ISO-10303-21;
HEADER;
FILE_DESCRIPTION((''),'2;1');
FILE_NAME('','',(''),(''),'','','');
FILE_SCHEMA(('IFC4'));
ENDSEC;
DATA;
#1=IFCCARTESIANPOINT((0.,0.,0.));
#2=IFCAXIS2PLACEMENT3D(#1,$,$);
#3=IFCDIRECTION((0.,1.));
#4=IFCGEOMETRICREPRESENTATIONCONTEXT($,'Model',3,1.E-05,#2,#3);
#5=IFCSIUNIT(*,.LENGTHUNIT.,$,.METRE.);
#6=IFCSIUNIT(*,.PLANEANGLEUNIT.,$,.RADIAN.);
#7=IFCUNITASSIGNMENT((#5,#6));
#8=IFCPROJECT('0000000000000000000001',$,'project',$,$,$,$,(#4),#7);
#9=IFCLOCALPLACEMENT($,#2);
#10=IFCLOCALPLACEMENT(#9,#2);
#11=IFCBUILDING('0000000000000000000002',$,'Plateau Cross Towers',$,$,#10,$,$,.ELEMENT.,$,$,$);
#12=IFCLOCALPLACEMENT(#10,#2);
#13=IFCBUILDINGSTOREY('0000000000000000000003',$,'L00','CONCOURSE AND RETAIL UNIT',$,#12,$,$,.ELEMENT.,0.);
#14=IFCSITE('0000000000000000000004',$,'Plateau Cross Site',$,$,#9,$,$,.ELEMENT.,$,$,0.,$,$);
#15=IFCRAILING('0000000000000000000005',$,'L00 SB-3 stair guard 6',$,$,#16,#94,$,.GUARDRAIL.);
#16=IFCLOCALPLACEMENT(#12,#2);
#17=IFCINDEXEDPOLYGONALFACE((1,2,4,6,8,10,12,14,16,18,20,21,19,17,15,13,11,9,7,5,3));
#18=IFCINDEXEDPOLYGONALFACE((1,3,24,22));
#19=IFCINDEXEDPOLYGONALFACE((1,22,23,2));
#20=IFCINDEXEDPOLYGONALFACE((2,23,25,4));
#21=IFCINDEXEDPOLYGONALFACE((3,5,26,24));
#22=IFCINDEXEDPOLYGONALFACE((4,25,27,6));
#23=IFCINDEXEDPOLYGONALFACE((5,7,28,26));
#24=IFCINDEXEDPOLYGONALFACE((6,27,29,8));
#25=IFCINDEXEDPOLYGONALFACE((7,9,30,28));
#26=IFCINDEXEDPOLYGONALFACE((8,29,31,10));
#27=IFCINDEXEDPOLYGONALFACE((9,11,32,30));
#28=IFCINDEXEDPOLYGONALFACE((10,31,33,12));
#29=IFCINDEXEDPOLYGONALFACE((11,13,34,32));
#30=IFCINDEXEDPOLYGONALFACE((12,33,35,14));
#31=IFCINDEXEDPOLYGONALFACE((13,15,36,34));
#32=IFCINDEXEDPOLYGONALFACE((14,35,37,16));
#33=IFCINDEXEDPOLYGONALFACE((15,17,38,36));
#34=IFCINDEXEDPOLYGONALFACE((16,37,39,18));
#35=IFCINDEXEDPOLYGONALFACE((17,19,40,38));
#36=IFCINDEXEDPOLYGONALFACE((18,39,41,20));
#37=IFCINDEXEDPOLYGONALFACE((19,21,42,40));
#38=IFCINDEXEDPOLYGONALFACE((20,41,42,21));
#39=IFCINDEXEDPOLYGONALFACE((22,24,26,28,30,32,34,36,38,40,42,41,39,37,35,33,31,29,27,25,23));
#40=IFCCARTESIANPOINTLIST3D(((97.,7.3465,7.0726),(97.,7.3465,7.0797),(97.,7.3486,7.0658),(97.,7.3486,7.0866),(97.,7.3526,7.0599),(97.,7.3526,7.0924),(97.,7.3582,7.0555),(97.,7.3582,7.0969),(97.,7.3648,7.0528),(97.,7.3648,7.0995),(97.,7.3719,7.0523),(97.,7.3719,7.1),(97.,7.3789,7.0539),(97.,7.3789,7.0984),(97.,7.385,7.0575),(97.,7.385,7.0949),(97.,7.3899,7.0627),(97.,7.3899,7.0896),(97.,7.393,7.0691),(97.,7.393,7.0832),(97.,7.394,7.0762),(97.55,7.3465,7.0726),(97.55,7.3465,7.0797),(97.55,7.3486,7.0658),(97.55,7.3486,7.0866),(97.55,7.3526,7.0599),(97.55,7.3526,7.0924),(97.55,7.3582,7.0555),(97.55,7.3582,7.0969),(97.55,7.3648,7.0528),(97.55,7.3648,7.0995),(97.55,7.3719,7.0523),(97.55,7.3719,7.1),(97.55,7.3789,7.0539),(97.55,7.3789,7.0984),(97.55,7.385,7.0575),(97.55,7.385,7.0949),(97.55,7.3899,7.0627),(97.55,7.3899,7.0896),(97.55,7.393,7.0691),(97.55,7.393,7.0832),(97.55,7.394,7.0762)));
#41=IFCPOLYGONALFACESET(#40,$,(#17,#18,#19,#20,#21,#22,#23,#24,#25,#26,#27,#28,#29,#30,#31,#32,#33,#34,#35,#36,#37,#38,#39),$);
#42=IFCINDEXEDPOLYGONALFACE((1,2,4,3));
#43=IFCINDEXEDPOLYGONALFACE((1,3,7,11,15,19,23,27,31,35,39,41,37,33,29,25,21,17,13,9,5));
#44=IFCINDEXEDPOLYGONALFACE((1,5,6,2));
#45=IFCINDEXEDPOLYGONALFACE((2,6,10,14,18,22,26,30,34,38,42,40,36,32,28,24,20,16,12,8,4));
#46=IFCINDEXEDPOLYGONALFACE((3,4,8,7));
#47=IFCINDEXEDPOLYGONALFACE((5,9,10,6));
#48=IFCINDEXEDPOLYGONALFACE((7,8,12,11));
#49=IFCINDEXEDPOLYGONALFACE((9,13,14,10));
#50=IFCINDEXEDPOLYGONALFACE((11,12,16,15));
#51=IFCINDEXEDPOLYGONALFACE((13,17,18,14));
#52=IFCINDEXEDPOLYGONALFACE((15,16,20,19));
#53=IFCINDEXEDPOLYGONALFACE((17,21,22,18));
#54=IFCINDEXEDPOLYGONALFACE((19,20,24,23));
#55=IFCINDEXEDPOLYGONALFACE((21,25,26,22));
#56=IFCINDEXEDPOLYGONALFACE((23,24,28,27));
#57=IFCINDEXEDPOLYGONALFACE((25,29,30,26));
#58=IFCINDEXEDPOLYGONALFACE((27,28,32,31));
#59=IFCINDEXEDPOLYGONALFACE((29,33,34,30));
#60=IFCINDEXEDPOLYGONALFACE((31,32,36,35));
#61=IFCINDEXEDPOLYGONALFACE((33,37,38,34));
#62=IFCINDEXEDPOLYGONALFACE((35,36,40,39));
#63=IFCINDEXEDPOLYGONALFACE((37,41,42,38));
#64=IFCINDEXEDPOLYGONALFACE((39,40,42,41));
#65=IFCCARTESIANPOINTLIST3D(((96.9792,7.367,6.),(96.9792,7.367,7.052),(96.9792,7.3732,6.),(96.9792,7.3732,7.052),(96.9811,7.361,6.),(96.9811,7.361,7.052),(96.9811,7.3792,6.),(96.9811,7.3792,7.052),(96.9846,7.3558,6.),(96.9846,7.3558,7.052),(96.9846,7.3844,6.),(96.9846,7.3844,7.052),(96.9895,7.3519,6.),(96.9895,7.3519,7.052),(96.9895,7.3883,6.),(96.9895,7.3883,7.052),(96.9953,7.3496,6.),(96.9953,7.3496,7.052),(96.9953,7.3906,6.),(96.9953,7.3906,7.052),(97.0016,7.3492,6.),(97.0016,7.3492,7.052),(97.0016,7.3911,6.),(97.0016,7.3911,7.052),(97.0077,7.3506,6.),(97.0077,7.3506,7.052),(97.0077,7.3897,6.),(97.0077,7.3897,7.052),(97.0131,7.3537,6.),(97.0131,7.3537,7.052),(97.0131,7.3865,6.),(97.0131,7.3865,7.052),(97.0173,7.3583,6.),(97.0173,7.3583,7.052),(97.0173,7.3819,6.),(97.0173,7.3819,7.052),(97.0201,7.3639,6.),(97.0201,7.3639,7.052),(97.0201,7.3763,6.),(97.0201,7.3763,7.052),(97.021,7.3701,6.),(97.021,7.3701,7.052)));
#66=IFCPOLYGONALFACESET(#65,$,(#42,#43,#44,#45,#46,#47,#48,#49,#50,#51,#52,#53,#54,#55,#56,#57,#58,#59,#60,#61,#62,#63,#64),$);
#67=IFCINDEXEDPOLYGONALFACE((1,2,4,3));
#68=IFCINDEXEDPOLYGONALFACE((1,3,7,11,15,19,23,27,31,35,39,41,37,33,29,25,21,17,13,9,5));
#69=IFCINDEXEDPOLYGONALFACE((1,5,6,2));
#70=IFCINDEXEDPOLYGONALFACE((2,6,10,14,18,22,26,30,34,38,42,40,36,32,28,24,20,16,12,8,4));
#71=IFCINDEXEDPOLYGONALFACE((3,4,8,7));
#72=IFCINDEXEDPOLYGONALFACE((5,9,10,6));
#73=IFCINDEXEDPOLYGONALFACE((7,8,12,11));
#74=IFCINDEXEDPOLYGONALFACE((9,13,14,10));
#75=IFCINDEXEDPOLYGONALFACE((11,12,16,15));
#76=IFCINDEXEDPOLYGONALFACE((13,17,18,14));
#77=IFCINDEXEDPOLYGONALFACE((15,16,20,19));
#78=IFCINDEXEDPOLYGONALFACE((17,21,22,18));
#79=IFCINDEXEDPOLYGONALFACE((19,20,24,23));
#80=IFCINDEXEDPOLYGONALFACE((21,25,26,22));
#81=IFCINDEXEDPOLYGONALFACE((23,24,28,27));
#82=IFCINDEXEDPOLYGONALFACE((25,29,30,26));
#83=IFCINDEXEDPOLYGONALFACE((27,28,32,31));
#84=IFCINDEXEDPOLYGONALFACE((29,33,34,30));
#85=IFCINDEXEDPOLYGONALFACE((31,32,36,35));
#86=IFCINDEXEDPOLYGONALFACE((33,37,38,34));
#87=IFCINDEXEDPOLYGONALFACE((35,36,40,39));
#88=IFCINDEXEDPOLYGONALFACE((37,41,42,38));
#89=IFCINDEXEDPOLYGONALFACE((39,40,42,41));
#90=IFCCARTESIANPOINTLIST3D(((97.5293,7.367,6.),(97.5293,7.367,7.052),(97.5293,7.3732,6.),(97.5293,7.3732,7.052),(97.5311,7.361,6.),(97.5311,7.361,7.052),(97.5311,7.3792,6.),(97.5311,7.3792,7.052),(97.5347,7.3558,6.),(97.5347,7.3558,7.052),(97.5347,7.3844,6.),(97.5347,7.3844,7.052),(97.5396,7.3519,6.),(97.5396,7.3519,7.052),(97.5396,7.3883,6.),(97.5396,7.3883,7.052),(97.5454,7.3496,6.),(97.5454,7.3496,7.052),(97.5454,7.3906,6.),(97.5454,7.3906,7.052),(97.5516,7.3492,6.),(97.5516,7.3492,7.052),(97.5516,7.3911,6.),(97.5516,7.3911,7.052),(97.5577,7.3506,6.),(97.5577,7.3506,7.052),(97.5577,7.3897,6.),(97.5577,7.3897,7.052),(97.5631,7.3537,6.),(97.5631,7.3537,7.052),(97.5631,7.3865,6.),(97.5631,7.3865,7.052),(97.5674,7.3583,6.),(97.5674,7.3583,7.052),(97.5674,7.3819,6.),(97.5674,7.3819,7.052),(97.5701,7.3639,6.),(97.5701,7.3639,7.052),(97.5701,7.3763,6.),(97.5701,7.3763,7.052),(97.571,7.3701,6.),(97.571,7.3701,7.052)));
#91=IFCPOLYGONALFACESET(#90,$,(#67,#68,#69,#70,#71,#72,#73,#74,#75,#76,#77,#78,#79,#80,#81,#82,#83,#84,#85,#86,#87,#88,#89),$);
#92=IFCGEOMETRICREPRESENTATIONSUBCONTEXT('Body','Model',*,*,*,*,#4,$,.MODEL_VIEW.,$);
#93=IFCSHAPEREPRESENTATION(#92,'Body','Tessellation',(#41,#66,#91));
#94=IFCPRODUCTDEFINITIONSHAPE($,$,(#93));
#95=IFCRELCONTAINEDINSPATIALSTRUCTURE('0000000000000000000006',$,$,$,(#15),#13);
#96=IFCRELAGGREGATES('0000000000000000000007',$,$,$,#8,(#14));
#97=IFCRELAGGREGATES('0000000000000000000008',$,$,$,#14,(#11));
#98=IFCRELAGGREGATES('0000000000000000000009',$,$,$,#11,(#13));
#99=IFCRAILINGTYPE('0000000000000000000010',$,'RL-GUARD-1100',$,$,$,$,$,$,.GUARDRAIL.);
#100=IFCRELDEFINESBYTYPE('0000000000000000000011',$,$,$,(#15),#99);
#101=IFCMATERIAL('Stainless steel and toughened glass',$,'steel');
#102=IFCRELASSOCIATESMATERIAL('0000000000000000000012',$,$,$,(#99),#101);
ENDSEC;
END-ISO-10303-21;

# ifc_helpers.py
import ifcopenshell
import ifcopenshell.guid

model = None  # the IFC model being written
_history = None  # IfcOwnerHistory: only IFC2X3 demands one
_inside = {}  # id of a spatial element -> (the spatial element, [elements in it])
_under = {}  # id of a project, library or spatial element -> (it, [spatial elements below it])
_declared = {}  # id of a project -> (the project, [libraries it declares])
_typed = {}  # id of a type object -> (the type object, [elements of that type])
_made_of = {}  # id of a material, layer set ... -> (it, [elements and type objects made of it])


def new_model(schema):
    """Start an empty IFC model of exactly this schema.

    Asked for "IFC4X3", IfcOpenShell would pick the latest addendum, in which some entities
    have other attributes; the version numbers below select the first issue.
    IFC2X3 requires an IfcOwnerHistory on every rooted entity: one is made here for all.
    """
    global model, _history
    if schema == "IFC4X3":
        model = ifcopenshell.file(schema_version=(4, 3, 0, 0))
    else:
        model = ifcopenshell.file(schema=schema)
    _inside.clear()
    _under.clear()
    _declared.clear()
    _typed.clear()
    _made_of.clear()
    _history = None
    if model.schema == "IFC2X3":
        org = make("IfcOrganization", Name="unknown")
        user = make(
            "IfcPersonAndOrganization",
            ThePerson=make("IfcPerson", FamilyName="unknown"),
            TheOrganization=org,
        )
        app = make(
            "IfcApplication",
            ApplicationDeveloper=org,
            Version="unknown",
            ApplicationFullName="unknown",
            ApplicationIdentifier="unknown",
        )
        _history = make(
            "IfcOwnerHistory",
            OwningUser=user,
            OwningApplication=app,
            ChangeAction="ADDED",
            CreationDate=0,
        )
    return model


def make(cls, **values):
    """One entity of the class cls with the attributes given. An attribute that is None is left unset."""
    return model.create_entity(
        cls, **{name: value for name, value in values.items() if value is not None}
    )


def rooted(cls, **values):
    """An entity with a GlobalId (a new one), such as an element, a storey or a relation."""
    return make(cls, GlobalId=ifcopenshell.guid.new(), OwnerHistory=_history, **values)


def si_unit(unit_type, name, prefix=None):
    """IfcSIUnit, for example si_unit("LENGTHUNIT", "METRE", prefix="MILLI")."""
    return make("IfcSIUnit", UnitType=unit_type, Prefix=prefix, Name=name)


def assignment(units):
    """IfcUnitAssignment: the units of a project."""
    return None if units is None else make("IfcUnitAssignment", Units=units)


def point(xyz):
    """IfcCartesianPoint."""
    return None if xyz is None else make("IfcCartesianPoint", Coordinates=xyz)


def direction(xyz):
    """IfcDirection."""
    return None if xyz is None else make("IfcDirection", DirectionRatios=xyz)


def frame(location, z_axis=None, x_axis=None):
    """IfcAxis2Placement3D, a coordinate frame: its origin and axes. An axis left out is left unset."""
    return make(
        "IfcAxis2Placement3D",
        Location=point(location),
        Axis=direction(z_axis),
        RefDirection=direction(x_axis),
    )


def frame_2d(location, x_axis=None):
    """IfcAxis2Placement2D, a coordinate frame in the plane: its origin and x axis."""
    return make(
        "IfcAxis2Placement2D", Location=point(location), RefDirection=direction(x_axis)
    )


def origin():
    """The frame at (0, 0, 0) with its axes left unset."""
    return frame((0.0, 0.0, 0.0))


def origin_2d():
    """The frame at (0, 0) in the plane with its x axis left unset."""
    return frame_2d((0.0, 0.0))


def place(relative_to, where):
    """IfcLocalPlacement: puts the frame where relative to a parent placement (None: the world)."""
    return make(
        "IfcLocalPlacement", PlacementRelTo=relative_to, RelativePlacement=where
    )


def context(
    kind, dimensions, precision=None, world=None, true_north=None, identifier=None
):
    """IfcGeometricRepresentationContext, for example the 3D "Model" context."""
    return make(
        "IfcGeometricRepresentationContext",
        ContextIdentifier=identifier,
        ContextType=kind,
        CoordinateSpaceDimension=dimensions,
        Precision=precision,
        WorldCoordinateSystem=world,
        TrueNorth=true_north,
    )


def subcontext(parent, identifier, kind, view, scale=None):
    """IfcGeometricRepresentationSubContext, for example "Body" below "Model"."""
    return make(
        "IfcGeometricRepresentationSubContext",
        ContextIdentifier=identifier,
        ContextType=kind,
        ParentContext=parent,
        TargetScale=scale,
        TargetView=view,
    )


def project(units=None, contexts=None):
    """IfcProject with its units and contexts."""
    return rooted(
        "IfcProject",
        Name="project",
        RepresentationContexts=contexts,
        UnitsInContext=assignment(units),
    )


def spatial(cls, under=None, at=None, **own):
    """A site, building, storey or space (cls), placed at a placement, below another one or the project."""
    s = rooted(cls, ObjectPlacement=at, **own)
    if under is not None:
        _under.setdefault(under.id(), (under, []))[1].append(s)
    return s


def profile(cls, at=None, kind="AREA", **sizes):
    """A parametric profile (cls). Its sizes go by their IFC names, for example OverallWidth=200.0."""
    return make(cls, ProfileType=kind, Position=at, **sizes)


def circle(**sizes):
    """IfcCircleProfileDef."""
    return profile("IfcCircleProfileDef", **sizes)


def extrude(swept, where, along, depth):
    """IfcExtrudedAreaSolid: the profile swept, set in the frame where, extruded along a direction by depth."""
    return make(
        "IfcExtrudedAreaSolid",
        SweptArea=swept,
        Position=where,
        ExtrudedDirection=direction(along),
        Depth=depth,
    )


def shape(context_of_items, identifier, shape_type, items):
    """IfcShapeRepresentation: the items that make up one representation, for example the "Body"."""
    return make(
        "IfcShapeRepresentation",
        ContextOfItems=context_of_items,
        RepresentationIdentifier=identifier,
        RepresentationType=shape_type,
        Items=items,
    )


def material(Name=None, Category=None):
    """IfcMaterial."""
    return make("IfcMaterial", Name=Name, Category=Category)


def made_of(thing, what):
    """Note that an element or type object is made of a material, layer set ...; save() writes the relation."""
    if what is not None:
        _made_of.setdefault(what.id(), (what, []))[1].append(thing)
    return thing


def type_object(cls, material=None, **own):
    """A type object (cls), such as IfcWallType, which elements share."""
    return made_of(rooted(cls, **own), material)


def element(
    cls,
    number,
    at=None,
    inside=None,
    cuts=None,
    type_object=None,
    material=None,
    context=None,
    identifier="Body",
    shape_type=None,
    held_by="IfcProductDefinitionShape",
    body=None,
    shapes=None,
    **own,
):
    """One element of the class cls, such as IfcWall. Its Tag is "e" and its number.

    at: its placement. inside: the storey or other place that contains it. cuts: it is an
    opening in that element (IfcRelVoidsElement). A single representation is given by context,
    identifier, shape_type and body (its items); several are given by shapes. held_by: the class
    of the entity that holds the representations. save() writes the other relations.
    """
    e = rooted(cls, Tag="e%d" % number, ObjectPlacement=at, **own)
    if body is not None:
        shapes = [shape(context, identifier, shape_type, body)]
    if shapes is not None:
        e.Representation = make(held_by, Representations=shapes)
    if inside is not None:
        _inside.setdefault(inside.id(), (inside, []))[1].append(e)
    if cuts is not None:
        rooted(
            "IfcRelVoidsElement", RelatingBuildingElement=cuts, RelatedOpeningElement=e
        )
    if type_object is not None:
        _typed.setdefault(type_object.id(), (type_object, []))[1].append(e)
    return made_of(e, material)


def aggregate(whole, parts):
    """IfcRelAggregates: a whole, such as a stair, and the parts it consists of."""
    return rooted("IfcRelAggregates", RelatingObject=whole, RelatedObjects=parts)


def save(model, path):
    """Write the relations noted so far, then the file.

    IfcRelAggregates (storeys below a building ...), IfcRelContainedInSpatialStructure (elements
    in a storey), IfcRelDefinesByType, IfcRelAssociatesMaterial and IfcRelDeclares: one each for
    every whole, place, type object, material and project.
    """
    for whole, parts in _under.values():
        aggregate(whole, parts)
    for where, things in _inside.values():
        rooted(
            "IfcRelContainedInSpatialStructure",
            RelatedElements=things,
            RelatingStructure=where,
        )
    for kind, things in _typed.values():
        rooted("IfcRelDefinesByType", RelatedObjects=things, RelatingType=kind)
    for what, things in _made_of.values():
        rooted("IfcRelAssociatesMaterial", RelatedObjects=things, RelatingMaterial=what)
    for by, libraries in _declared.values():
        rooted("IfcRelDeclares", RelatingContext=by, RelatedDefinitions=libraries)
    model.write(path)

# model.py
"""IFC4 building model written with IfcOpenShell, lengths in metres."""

from ifc_helpers import new_model, si_unit, direction, frame, origin, origin_2d, place, context, subcontext, project, spatial, circle, extrude, material, type_object, element, save


model = new_model("IFC4")

# Units and contexts
model_context = context("Model", 3, precision=1e-05, world=origin(), true_north=direction((0.0, 1.0)))
body_context = subcontext(model_context, "Body", "Model", "MODEL_VIEW")
ifc_project = project(units=[si_unit("LENGTHUNIT", "METRE"), si_unit("PLANEANGLEUNIT", "RADIAN")], contexts=[model_context])

# Site, building, storey
site_placement = place(None, origin())
site = spatial("IfcSite", under=ifc_project, at=site_placement, Name="Plateau Cross Site", CompositionType="ELEMENT", RefElevation=0.0)
building_placement = place(site_placement, origin())
building = spatial("IfcBuilding", under=site, at=building_placement, Name="Plateau Cross Towers", CompositionType="ELEMENT")
storey_placement = place(building_placement, origin())
storey = spatial("IfcBuildingStorey", under=building, at=storey_placement, Name="L00", Description="CONCOURSE AND RETAIL UNIT", CompositionType="ELEMENT", Elevation=0.0)

# Railing
ifc_material_1 = material(Name="Stainless steel and toughened glass", Category="steel")
railing_type_1 = type_object("IfcRailingType", Name="RL-GUARD-1100", PredefinedType="GUARDRAIL", material=ifc_material_1)
railing_1_placement = place(storey_placement, frame((97.0, 7.3701, 6.0)))
element("IfcRailing", 1, at=railing_1_placement, inside=storey, type_object=railing_type_1, Name="L00 SB-3 stair guard 6", PredefinedType="GUARDRAIL", context=body_context, shape_type="SweptSolid", body=[
    extrude(circle(Radius=0.0239, at=origin_2d()), frame((0.0, 0.0, 1.0762), z_axis=(1.0, 0.0, 0.0), x_axis=(0.0, 1.0, 0.0)), (0.0, 0.0, 1.0), 0.55),
    extrude(circle(Radius=0.021, at=origin_2d()), origin(), (0.0, 0.0, 1.0), 1.052),
    extrude(circle(Radius=0.021, at=origin_2d()), frame((0.55, 0.0, 0.0)), (0.0, 0.0, 1.0), 1.052),
])

save(model, "model.ifc")
